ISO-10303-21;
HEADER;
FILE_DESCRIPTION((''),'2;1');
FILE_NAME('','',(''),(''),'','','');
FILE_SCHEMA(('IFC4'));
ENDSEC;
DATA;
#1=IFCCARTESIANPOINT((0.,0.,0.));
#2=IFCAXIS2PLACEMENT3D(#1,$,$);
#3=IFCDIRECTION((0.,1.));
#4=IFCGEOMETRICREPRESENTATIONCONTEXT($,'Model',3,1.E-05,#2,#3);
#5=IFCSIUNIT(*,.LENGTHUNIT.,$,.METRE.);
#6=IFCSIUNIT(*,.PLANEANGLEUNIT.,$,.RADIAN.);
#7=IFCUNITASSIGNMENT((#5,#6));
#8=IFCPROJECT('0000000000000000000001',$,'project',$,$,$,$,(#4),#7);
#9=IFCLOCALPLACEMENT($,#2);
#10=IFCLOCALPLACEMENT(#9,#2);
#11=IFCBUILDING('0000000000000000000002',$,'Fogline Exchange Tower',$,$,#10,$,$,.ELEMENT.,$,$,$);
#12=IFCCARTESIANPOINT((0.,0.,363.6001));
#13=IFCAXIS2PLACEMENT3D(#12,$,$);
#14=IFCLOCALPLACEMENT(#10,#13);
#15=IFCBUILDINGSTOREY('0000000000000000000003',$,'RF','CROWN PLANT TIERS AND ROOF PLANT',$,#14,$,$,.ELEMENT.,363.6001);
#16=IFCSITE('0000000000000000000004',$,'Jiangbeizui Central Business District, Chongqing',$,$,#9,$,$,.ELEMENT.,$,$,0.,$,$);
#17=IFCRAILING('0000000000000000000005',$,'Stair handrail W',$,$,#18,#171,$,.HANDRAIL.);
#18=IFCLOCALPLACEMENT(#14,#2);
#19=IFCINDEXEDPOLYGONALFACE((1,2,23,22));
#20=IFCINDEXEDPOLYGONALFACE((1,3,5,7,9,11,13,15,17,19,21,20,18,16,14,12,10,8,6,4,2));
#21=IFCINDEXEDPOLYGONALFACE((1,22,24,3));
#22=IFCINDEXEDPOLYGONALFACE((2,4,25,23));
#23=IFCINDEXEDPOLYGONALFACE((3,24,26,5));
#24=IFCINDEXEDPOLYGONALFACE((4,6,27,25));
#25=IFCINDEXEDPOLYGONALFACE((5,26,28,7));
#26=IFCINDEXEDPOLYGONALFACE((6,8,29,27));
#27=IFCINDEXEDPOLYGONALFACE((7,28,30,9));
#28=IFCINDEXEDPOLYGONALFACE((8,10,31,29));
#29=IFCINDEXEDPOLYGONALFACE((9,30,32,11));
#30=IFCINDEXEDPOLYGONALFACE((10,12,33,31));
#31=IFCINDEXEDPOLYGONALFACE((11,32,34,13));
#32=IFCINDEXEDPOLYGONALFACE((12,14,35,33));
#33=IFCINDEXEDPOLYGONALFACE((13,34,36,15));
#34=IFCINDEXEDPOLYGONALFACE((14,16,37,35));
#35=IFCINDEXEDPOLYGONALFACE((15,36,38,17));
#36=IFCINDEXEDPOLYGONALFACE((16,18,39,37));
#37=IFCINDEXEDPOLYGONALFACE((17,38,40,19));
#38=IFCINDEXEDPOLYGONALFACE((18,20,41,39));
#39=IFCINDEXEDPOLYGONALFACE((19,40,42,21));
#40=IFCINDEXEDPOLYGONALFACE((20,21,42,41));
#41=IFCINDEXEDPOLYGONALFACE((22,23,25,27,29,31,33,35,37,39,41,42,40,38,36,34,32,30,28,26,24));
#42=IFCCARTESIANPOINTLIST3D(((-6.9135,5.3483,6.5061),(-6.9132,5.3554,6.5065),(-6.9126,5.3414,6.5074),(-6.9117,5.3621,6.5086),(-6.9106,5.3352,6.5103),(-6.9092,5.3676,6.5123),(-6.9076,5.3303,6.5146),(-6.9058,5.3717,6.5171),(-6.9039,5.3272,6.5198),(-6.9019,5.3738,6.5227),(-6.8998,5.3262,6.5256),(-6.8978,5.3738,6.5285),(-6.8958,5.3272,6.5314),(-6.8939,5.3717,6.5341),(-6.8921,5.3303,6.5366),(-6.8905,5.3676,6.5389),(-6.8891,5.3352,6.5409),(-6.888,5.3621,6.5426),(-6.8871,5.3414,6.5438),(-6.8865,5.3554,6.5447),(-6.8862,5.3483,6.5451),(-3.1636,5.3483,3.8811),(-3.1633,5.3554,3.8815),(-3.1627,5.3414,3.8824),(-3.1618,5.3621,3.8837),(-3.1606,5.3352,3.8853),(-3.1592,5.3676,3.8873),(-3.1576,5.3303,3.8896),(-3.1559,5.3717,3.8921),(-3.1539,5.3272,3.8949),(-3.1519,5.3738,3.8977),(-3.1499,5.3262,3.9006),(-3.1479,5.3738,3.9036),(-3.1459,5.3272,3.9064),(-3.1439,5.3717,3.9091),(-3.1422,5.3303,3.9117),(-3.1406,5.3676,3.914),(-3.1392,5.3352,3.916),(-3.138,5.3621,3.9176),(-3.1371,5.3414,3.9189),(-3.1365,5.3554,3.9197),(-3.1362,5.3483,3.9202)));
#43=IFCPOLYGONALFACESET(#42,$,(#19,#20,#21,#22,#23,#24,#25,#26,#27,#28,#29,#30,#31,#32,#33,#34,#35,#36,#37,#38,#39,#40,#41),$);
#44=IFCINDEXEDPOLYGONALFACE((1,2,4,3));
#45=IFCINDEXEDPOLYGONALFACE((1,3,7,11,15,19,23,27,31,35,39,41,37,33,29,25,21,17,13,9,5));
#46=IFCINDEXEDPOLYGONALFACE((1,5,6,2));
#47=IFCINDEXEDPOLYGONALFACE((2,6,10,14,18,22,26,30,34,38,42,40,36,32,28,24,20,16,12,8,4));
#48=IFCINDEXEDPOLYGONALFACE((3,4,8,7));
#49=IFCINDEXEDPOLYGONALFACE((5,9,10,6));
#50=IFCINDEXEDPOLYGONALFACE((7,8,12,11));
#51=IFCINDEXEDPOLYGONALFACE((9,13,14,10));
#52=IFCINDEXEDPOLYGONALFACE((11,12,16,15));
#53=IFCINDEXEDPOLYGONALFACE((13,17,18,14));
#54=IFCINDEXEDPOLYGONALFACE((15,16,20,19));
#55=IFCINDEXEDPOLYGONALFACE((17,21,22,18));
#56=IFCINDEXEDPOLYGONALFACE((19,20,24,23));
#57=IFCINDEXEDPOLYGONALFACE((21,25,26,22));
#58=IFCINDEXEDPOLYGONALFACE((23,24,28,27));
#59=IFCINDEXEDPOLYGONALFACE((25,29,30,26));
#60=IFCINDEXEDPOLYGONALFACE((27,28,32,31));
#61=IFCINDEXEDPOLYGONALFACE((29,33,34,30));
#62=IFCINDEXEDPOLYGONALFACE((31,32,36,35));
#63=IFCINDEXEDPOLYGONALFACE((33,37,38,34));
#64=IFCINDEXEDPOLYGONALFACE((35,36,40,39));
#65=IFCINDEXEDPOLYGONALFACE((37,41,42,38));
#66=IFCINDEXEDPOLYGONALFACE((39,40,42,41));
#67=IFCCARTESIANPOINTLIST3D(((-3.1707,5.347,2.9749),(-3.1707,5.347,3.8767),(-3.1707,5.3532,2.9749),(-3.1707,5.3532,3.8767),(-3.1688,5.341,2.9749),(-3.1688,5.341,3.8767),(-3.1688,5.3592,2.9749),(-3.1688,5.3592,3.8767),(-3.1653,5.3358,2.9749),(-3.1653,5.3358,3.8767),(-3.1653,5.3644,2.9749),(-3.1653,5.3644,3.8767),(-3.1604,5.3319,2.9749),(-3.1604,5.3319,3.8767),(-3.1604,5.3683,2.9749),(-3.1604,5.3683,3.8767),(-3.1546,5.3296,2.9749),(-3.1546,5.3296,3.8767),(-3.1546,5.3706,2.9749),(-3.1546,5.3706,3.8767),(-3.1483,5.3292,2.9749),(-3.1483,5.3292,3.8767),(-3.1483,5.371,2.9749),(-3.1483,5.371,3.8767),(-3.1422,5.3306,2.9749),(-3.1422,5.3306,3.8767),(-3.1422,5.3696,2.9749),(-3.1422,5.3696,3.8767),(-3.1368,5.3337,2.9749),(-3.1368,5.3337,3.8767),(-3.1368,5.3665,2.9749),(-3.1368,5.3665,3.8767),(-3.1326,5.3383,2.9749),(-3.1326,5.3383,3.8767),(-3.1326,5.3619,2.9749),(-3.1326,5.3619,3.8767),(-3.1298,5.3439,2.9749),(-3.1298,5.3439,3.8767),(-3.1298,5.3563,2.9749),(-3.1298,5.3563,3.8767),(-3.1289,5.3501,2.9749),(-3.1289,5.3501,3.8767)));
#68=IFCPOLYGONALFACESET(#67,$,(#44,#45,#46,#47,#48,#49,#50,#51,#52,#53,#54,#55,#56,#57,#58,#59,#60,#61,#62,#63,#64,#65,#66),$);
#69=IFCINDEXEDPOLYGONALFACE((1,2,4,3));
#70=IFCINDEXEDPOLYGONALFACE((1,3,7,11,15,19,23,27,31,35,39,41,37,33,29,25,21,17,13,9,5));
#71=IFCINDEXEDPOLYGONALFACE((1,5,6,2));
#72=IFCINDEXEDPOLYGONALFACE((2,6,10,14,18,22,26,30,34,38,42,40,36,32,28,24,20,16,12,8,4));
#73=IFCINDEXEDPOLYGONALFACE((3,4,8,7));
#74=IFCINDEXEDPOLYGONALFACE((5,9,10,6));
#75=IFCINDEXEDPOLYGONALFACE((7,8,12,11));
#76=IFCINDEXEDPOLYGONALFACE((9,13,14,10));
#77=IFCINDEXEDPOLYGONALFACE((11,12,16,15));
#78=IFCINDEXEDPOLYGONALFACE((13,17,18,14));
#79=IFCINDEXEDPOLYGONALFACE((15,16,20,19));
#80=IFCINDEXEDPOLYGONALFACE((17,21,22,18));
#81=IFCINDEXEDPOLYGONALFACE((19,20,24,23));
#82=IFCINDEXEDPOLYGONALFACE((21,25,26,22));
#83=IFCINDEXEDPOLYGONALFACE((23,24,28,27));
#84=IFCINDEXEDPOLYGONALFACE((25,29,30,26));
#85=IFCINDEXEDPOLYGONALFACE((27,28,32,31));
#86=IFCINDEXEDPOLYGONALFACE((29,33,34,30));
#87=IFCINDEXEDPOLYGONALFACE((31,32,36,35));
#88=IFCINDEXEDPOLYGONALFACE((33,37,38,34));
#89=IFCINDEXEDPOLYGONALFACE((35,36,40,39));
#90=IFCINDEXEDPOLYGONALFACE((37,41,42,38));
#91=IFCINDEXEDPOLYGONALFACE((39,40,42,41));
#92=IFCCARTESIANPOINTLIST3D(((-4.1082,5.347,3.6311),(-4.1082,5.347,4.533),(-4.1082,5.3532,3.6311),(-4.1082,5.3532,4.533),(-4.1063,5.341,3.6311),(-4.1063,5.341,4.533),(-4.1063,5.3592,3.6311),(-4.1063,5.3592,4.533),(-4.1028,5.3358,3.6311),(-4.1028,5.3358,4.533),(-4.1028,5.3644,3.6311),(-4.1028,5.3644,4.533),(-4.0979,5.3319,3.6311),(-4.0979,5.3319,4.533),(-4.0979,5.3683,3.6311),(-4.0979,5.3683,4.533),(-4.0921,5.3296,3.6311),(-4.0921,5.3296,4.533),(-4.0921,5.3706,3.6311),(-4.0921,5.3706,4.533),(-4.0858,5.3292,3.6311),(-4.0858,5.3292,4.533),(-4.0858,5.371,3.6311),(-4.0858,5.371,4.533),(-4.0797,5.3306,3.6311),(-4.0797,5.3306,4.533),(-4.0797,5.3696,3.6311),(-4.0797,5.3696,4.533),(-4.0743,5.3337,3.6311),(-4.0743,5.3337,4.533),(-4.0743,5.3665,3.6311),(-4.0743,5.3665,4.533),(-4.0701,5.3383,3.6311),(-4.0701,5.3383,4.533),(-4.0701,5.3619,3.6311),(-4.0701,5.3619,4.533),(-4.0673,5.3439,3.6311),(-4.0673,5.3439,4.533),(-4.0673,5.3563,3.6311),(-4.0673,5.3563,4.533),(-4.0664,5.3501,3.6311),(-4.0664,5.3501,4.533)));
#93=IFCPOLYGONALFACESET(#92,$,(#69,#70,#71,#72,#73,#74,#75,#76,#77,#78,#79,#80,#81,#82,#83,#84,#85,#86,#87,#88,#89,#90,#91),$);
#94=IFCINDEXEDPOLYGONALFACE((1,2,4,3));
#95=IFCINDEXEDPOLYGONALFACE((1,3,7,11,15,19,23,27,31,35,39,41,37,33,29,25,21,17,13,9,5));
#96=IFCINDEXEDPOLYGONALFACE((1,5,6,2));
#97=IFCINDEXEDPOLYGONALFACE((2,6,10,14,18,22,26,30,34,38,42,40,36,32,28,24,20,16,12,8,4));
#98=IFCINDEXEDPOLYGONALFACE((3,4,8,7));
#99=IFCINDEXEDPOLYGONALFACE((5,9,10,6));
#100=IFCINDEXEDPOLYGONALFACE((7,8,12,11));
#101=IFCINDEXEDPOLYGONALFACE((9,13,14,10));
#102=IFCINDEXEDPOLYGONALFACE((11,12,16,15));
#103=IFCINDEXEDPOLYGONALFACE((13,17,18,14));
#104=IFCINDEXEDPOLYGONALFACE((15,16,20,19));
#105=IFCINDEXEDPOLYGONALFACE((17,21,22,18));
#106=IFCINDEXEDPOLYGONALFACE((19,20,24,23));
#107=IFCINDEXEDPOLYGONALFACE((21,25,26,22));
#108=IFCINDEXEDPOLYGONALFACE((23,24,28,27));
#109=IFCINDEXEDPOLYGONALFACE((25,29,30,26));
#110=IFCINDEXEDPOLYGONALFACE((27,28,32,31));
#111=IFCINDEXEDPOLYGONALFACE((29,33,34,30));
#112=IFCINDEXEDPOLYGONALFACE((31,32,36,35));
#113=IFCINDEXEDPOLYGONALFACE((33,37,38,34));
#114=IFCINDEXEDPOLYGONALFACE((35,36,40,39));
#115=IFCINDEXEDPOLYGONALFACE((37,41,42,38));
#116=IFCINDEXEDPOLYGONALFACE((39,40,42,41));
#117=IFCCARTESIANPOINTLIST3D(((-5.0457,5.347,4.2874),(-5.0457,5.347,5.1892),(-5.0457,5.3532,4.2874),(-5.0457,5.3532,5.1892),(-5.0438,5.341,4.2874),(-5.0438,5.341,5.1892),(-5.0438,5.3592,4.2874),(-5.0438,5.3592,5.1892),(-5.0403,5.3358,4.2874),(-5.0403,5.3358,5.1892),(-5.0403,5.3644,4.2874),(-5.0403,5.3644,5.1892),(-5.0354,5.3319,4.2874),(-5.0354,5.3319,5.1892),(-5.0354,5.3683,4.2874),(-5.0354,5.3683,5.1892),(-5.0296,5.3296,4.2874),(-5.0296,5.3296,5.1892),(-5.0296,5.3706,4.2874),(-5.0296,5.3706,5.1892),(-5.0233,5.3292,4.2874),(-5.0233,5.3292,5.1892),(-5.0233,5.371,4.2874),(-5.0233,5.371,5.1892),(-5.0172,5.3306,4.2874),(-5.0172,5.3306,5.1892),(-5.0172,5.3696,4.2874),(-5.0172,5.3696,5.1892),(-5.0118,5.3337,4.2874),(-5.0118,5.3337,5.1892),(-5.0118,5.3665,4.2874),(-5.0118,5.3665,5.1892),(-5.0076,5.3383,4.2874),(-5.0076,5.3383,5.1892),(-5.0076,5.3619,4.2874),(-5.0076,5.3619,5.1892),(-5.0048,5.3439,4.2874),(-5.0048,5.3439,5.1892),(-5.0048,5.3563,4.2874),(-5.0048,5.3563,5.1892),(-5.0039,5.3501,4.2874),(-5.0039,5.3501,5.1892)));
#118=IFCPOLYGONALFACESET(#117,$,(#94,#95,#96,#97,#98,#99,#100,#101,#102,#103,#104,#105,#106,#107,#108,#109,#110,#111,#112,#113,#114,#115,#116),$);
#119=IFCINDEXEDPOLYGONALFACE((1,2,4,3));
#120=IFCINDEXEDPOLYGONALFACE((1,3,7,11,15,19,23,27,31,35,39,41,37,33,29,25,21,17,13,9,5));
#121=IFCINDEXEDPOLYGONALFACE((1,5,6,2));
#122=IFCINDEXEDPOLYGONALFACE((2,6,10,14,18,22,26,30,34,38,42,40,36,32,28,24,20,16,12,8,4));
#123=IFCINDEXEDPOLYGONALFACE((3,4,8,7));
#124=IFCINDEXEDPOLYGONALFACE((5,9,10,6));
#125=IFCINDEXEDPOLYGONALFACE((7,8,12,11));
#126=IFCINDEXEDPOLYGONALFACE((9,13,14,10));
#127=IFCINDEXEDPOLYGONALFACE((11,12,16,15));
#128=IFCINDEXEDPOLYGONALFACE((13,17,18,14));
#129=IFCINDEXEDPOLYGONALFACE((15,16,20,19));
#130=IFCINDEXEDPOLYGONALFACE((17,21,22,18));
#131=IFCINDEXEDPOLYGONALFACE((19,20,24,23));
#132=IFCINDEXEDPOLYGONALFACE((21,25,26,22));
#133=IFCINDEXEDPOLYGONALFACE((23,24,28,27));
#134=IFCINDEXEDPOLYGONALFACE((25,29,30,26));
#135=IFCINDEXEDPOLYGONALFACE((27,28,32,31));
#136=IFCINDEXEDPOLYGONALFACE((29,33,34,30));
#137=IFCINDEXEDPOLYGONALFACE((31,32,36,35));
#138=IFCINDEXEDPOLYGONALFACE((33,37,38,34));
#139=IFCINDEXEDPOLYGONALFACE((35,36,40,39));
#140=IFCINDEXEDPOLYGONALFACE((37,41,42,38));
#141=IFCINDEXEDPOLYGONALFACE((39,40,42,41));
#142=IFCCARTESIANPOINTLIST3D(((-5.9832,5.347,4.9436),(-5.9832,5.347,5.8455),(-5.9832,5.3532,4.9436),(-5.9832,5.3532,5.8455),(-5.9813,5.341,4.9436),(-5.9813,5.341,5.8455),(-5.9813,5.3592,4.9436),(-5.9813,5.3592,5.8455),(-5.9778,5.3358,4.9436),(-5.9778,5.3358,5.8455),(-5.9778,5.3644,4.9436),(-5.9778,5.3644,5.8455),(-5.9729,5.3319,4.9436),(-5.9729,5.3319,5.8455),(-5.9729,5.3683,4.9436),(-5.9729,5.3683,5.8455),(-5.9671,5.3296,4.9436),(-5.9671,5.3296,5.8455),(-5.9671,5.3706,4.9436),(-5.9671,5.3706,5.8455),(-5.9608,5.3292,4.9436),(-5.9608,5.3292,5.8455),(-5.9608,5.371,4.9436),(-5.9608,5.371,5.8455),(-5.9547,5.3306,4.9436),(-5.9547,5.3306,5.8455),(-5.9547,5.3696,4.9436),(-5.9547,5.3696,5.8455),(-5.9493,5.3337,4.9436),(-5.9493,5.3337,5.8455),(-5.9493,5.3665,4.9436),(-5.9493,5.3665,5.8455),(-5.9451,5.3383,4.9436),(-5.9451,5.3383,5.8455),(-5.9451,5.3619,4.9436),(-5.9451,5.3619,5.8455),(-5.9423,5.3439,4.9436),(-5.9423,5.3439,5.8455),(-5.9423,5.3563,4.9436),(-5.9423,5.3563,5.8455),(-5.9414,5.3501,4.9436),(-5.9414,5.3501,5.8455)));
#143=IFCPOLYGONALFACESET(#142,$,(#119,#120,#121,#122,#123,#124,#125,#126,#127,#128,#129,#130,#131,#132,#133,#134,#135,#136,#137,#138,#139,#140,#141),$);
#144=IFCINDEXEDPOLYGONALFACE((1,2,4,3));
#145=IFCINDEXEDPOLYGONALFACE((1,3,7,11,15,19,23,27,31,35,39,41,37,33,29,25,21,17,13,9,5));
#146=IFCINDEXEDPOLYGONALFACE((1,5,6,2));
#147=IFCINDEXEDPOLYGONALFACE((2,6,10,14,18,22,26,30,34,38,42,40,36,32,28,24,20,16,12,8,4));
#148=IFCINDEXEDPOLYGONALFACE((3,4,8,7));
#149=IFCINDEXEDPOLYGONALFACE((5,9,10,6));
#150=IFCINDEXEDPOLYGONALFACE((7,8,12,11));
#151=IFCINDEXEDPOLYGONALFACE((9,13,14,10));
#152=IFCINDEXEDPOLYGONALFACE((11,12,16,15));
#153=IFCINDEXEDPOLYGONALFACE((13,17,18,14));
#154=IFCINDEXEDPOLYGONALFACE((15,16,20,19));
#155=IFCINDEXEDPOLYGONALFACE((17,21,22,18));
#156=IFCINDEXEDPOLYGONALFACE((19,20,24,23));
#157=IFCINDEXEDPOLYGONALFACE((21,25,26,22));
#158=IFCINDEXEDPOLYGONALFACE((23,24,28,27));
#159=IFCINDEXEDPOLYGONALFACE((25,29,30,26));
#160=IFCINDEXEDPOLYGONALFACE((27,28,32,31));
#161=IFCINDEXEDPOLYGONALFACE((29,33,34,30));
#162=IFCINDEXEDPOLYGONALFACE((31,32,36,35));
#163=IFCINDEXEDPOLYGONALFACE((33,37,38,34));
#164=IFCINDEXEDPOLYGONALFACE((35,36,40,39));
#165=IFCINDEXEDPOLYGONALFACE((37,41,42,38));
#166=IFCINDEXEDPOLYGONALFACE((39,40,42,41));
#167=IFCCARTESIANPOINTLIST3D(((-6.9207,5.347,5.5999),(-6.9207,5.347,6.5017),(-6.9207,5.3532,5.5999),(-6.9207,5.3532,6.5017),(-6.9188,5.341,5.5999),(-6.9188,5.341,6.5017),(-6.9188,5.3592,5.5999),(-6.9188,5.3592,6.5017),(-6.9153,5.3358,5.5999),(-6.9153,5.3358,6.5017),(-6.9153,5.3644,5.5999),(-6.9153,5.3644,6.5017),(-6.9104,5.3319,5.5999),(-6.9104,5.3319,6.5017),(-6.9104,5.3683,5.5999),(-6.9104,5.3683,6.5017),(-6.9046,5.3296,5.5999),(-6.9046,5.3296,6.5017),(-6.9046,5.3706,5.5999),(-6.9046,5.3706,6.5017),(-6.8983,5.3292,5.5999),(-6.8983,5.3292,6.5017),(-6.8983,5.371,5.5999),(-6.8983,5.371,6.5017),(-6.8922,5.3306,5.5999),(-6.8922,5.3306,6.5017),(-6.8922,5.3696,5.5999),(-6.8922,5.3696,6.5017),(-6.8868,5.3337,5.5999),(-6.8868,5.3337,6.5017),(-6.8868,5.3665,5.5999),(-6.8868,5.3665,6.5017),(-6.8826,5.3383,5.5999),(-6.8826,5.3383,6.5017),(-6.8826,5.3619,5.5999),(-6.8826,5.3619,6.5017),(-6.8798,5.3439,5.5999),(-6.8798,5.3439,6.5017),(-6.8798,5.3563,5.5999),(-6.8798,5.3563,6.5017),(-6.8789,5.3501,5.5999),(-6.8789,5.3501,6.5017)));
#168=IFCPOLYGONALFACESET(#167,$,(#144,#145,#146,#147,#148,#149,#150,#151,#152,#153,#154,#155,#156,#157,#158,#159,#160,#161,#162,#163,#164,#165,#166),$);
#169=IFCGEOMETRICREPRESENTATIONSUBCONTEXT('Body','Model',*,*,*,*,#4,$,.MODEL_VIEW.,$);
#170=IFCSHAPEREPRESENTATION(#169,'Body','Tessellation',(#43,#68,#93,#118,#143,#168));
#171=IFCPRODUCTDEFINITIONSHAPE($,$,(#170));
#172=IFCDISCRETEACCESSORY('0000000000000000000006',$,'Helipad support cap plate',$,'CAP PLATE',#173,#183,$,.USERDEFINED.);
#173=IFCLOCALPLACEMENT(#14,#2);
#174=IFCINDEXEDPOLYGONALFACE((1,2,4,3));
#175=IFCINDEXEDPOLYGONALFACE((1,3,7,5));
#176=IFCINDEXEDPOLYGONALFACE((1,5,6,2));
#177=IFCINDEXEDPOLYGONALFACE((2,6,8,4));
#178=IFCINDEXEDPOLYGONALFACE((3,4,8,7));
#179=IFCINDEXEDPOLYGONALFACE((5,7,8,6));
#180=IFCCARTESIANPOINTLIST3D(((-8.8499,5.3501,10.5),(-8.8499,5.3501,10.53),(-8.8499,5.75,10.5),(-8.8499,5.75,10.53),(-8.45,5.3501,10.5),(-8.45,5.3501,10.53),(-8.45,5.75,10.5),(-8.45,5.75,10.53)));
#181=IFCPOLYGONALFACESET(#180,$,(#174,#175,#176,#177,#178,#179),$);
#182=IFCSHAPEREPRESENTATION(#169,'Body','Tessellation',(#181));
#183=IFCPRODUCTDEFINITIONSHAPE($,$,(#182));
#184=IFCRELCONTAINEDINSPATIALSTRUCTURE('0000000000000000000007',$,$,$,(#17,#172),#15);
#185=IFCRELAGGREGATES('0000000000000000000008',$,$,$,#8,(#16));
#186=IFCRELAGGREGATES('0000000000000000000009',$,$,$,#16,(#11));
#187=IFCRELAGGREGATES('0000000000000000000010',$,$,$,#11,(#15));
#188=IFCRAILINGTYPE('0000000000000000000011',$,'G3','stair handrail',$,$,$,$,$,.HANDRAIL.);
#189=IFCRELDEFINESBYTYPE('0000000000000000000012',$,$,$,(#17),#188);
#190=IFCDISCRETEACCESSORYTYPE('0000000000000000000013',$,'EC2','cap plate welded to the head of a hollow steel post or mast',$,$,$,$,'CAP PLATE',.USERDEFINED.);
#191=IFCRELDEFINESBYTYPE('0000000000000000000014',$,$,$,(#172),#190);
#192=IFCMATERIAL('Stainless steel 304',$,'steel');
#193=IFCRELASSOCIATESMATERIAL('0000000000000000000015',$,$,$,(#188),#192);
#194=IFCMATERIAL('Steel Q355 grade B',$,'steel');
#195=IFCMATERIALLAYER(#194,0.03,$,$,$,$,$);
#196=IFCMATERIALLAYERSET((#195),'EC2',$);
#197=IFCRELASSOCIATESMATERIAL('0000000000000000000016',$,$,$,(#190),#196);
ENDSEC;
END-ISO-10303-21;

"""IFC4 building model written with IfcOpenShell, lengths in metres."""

from ifc_helpers import new_model, si_unit, direction, frame, origin, origin_2d, place, context, subcontext, project, spatial, rectangle, circle, extrude, material, layer, layer_set, type_object, element, save


model = new_model("IFC4")

# Units and contexts
model_context = context("Model", 3, precision=1e-05, world=origin(), true_north=direction((0.0, 1.0)))
body_context = subcontext(model_context, "Body", "Model", "MODEL_VIEW")
ifc_project = project(units=[si_unit("LENGTHUNIT", "METRE"), si_unit("PLANEANGLEUNIT", "RADIAN")], contexts=[model_context])

# Site, building, storey
site_placement = place(None, origin())
site = spatial("IfcSite", under=ifc_project, at=site_placement, Name="Jiangbeizui Central Business District, Chongqing", CompositionType="ELEMENT", RefElevation=0.0)
building_placement = place(site_placement, origin())
building = spatial("IfcBuilding", under=site, at=building_placement, Name="Fogline Exchange Tower", CompositionType="ELEMENT")
storey_placement = place(building_placement, frame((0.0, 0.0, 363.6001)))
storey = spatial("IfcBuildingStorey", under=building, at=storey_placement, Name="RF", Description="CROWN PLANT TIERS AND ROOF PLANT", CompositionType="ELEMENT", Elevation=363.6001)

# Shared definitions
ifc_material_1 = material(Name="Steel Q355 grade B", Category="steel")

# Railing
ifc_material_2 = material(Name="Stainless steel 304", Category="steel")
railing_type_1 = type_object("IfcRailingType", Name="G3", Description="stair handrail", PredefinedType="HANDRAIL", material=ifc_material_2)
for number, where, name in (
    (1, (-3.1499, 5.3501, 2.9749), "Stair handrail W"),
):
    element("IfcRailing", number, at=place(storey_placement, frame(where)), inside=storey, type_object=railing_type_1, Name=name, PredefinedType="HANDRAIL", context=body_context, shape_type="SweptSolid", body=[
        extrude(circle(Radius=0.0239, at=origin_2d()), frame((0.0, 0.0, 0.9258), z_axis=(-0.819232, 0.0, 0.573462), x_axis=(0.0, -1.0, 0.0)), (0.0, 0.0, 1.0), 4.5774),
        extrude(circle(Radius=0.021, at=origin_2d()), origin(), (0.0, 0.0, 1.0), 0.9019),
        extrude(circle(Radius=0.021, at=origin_2d()), frame((-0.9375, 0.0, 0.6562)), (0.0, 0.0, 1.0), 0.9019),
        extrude(circle(Radius=0.021, at=origin_2d()), frame((-1.875, 0.0, 1.3125)), (0.0, 0.0, 1.0), 0.9019),
        extrude(circle(Radius=0.021, at=origin_2d()), frame((-2.8125, 0.0, 1.9688)), (0.0, 0.0, 1.0), 0.9019),
        extrude(circle(Radius=0.021, at=origin_2d()), frame((-3.75, 0.0, 2.625)), (0.0, 0.0, 1.0), 0.9019),
    ])

# Discrete accessory
ifc_layer_1 = layer(ifc_material_1, 0.03)
ifc_layer_set_1 = layer_set([ifc_layer_1], Name="EC2")
discrete_accessory_type = type_object("IfcDiscreteAccessoryType", Name="EC2", Description="cap plate welded to the head of a hollow steel post or mast", ElementType="CAP PLATE", PredefinedType="USERDEFINED", material=ifc_layer_set_1)
discrete_accessory_placement = place(storey_placement, frame((-8.6499, 5.55, 10.5), z_axis=(0.0, 0.0, 1.0), x_axis=(1.0, 0.0, 0.0)))
element("IfcDiscreteAccessory", 2, at=discrete_accessory_placement, inside=storey, type_object=discrete_accessory_type, Name="Helipad support cap plate", ObjectType="CAP PLATE", PredefinedType="USERDEFINED", context=body_context, shape_type="SweptSolid", body=[
    extrude(rectangle(XDim=0.3999, YDim=0.3999, at=origin_2d()), origin(), (0.0, 0.0, 1.0), 0.03),
])

save(model, "model.ifc")
